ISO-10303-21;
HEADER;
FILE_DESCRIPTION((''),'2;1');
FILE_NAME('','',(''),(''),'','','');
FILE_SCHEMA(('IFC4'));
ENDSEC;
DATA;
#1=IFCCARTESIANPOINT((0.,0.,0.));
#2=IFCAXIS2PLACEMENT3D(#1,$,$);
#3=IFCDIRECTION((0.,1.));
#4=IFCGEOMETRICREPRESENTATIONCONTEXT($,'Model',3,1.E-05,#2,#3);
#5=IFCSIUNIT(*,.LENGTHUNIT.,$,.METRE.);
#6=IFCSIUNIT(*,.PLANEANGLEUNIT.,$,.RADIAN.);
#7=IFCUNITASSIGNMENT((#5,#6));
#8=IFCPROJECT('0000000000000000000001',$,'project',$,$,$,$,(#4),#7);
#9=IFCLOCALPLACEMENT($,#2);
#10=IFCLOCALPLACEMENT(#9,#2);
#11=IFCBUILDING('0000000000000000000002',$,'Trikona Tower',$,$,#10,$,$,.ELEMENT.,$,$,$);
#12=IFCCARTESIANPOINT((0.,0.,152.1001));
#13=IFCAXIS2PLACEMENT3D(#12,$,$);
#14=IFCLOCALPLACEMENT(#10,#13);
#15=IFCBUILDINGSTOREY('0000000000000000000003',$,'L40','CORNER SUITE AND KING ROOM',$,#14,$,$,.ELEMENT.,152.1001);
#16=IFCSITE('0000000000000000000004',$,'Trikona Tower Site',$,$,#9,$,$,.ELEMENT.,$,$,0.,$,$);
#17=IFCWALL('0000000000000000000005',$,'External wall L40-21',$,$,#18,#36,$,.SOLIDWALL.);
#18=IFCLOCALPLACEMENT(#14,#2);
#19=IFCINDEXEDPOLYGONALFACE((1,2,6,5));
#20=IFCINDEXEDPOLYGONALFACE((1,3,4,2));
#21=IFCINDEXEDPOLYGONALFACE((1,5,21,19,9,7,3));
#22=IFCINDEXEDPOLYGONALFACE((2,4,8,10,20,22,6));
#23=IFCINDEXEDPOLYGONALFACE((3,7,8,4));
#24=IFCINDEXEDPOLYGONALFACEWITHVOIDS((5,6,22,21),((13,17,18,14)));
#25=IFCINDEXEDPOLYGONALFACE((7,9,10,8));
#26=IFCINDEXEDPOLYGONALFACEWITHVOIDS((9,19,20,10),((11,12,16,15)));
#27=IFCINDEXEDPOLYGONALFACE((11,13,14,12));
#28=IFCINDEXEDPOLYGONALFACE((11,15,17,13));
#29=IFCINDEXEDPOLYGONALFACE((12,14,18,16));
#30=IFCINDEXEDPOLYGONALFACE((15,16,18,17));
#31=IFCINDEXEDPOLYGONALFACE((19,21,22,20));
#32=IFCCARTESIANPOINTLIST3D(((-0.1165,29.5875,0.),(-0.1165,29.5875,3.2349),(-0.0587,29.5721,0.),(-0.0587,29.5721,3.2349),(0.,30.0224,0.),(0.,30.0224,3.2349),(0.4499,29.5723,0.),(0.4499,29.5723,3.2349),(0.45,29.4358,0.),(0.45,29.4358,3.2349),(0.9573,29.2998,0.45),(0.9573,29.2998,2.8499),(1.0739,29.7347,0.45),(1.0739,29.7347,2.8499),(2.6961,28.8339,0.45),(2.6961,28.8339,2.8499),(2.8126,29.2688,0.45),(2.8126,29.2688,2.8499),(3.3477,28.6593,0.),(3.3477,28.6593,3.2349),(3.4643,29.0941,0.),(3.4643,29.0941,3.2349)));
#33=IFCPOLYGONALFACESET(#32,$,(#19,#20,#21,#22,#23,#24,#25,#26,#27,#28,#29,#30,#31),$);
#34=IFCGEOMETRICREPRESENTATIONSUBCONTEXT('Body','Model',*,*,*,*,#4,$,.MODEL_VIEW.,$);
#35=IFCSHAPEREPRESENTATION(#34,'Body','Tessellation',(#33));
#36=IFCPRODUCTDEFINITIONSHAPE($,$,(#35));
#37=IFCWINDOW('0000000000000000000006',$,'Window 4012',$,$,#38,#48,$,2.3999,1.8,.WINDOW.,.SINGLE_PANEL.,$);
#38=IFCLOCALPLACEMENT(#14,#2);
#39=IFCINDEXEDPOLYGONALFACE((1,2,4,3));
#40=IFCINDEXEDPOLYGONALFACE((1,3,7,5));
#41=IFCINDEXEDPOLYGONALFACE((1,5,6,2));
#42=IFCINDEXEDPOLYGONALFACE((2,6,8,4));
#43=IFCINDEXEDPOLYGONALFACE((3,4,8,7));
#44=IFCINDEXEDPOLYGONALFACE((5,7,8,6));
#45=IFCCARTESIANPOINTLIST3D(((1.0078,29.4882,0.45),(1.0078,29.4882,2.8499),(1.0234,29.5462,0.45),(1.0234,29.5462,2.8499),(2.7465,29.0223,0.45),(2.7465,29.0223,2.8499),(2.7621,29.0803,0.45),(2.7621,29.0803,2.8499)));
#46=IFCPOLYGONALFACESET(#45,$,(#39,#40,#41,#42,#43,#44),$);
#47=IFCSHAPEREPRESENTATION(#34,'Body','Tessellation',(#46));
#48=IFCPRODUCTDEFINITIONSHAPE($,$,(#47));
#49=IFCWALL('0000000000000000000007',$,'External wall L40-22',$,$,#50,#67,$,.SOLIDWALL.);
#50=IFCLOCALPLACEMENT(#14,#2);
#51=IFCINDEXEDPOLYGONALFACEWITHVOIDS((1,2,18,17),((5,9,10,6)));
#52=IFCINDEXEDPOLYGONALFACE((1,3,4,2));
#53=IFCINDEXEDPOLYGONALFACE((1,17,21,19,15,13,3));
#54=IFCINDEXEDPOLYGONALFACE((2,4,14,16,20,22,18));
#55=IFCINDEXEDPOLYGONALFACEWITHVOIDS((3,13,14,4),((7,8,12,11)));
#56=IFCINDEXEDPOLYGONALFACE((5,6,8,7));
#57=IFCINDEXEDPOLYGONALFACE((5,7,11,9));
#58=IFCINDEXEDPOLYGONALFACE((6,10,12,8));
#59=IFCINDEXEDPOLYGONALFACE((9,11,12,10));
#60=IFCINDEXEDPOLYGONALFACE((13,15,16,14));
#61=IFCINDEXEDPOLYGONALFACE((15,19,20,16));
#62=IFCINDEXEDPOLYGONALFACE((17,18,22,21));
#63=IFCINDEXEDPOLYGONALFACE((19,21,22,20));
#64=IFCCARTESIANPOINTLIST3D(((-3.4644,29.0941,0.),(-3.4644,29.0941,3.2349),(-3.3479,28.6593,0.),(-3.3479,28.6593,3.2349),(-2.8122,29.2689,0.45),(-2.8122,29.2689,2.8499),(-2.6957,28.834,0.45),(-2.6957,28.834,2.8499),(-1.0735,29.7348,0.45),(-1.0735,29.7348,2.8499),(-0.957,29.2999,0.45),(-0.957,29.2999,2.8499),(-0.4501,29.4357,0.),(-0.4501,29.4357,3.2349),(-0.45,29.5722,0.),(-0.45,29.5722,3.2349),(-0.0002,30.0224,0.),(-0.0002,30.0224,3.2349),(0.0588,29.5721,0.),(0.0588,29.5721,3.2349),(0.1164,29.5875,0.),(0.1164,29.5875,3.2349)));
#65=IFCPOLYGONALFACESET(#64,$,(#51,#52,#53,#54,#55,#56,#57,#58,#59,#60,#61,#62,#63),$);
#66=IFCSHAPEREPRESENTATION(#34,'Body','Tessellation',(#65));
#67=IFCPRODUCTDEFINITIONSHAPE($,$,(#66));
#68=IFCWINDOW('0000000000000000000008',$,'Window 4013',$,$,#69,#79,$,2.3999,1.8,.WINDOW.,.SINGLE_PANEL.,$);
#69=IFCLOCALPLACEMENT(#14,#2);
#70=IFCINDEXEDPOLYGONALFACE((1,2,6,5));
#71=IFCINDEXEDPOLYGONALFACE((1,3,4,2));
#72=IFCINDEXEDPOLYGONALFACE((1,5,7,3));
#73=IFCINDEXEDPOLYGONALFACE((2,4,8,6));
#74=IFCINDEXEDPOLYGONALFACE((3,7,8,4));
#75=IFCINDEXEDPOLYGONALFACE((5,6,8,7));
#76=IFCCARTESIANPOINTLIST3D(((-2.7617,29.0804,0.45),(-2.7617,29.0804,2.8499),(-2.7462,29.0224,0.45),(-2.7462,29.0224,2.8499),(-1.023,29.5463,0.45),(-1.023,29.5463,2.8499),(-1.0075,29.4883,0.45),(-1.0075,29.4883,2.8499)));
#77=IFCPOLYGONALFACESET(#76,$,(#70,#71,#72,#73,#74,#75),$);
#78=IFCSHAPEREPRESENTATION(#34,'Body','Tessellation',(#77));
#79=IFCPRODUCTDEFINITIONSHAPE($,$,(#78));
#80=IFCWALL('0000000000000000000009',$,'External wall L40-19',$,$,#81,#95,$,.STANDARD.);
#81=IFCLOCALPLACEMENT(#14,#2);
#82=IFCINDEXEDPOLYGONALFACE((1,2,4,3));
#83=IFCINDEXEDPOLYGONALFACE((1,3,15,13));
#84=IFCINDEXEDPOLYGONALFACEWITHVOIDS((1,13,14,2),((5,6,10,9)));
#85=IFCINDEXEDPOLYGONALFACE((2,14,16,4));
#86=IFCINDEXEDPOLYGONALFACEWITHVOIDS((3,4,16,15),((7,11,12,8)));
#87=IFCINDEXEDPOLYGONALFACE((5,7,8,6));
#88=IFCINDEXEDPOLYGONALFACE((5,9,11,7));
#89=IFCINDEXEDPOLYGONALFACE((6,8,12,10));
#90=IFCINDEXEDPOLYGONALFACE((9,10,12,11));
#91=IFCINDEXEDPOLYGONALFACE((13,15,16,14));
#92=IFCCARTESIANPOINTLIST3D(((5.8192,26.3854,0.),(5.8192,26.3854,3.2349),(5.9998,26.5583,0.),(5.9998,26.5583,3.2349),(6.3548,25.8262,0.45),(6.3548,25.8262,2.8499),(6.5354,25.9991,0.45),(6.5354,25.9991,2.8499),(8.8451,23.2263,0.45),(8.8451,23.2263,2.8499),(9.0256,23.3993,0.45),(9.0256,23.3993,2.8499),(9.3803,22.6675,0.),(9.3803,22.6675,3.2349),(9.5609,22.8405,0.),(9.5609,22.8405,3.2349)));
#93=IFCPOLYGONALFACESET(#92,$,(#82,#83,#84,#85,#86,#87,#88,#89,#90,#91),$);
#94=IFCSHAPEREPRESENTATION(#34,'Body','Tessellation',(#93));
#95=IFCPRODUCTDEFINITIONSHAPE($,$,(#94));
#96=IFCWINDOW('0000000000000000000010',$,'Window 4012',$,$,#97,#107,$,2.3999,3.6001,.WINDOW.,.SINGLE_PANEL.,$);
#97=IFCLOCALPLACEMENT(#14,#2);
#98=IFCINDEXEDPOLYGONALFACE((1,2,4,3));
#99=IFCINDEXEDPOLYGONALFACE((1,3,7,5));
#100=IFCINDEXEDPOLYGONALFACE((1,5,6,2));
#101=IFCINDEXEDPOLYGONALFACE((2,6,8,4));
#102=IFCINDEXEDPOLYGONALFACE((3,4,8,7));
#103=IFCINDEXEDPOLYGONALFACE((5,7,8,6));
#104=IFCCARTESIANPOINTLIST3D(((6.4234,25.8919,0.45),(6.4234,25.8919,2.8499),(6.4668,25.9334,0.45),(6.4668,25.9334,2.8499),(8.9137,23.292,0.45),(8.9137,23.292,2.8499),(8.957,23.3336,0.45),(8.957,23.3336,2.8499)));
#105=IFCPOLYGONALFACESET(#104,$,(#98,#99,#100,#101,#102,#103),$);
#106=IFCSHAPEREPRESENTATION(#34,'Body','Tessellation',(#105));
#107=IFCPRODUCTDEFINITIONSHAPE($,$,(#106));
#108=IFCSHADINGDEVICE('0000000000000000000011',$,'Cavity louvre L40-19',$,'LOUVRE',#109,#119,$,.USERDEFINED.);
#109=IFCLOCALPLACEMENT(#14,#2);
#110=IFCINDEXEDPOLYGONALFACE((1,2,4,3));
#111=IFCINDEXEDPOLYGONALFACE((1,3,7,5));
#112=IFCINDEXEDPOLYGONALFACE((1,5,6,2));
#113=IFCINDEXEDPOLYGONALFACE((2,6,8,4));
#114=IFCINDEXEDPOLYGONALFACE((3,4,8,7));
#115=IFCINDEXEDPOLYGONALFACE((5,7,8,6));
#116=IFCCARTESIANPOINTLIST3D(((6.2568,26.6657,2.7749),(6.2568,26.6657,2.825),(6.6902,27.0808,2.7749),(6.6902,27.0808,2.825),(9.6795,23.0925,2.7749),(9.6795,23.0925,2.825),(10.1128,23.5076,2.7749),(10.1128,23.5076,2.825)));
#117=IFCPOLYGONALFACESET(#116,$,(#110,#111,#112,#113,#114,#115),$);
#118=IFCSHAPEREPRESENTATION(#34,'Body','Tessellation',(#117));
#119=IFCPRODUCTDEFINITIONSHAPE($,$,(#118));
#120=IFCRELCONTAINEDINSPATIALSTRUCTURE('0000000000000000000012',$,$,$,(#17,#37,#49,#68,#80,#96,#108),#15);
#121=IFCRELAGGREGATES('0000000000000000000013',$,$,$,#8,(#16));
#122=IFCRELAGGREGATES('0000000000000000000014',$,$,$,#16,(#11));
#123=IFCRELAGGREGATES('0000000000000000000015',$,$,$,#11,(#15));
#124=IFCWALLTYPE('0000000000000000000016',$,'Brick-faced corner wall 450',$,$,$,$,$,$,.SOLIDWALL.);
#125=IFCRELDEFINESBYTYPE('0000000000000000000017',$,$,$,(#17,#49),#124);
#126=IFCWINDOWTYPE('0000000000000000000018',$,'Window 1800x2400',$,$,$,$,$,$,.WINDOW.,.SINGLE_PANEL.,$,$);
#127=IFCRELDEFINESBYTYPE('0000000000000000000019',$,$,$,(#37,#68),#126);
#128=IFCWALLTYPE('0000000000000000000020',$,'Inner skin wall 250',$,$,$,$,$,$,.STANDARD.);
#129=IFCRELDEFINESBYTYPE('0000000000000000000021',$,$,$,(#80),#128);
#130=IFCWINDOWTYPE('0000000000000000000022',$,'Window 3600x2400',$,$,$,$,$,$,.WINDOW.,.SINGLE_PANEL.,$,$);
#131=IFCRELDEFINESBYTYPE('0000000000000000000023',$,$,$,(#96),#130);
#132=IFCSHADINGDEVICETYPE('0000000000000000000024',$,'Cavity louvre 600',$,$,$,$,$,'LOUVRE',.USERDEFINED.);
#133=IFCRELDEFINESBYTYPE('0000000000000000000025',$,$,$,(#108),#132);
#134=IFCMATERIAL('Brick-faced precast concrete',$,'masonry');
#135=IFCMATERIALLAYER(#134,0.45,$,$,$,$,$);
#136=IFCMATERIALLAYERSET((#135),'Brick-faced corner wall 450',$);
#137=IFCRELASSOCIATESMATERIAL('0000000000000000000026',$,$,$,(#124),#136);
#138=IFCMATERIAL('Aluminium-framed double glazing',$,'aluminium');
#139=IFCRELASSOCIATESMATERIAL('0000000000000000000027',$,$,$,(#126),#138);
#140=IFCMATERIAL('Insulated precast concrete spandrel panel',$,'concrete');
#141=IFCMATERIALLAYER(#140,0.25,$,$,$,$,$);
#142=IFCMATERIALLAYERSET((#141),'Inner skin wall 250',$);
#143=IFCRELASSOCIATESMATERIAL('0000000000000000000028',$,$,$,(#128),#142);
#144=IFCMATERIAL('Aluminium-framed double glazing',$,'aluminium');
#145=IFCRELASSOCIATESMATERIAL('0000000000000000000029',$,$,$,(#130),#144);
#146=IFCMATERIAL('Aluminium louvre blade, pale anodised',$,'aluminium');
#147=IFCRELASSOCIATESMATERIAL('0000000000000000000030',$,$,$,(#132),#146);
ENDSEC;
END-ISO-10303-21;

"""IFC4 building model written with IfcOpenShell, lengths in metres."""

from ifc_helpers import new_model, si_unit, direction, frame, frame_2d, origin, origin_2d, place, context, subcontext, project, spatial, polyline, rectangle, outline, extrude, material, layer, layer_set, type_object, element, fill, save


model = new_model("IFC4")

# Units and contexts
model_context = context("Model", 3, precision=1e-05, world=origin(), true_north=direction((0.0, 1.0)))
body_context = subcontext(model_context, "Body", "Model", "MODEL_VIEW")
ifc_project = project(units=[si_unit("LENGTHUNIT", "METRE"), si_unit("PLANEANGLEUNIT", "RADIAN")], contexts=[model_context])

# Site, building, storey
site_placement = place(None, origin())
site = spatial("IfcSite", under=ifc_project, at=site_placement, Name="Trikona Tower Site", CompositionType="ELEMENT", RefElevation=0.0)
building_placement = place(site_placement, origin())
building = spatial("IfcBuilding", under=site, at=building_placement, Name="Trikona Tower", CompositionType="ELEMENT")
storey_placement = place(building_placement, frame((0.0, 0.0, 152.1001)))
storey = spatial("IfcBuildingStorey", under=building, at=storey_placement, Name="L40", Description="CORNER SUITE AND KING ROOM", CompositionType="ELEMENT", Elevation=152.1001)

# Walls, openings, windows
ifc_material_1 = material(Name="Brick-faced precast concrete", Category="masonry")
ifc_layer_1 = layer(ifc_material_1, 0.45)
ifc_layer_set_1 = layer_set([ifc_layer_1], Name="Brick-faced corner wall 450")
wall_type_1 = type_object("IfcWallType", Name="Brick-faced corner wall 450", PredefinedType="SOLIDWALL", material=ifc_layer_set_1)
wall_1_placement = place(storey_placement, frame((3.406, 28.8767, 0.0), z_axis=(0.0, 0.0, 1.0), x_axis=(-0.965925, 0.258823, 0.0)))
wall_1 = element("IfcWall", 1, at=wall_1_placement, inside=storey, type_object=wall_type_1, Name="External wall L40-21", PredefinedType="SOLIDWALL", context=body_context, shape_type="SweptSolid", body=[
    extrude(outline(polyline([(3.5864, 0.2251), (3.5266, 0.2251), (3.0354, 0.0933), (3.0, 0.2251), (0.0, 0.2251), (0.0, -0.2251), (3.5864, -0.2251), (3.5864, 0.2251)])), origin(), (0.0, 0.0, 1.0), 3.2349),
])
opening_1_placement = place(wall_1_placement, frame((0.6748, 0.0, 0.45)))
opening_1 = element("IfcOpeningElement", 2, at=opening_1_placement, cuts=wall_1, PredefinedType="OPENING", context=body_context, shape_type="SweptSolid", body=[
    extrude(rectangle(XDim=1.8, YDim=2.3999, at=frame_2d((0.8999, 1.2))), frame((0.0, 0.2349, 0.0), z_axis=(0.0, -1.0, 0.0), x_axis=(1.0, 0.0, 0.0)), (0.0, 0.0, 1.0), 0.47),
])
ifc_material_2 = material(Name="Aluminium-framed double glazing", Category="aluminium")
window_type_1 = type_object("IfcWindowType", Name="Window 1800x2400", PartitioningType="SINGLE_PANEL", PredefinedType="WINDOW", material=ifc_material_2)
window_1_placement = place(opening_1_placement, origin())
window_1 = element("IfcWindow", 3, at=window_1_placement, inside=storey, type_object=window_type_1, Name="Window 4012", OverallHeight=2.3999, OverallWidth=1.8, PartitioningType="SINGLE_PANEL", PredefinedType="WINDOW", context=body_context, shape_type="SweptSolid", body=[
    extrude(rectangle(XDim=1.8, YDim=2.3999, at=frame_2d((0.8999, 1.2))), frame((0.0, 0.03, 0.0), z_axis=(0.0, -1.0, 0.0), x_axis=(1.0, 0.0, 0.0)), (0.0, 0.0, 1.0), 0.0601),
])
fill(opening_1, window_1)
wall_2_placement = place(storey_placement, frame((0.0581, 29.8049, 0.0), z_axis=(0.0, 0.0, 1.0), x_axis=(-0.965925, -0.258823, 0.0)))
wall_2 = element("IfcWall", 4, at=wall_2_placement, inside=storey, type_object=wall_type_1, Name="External wall L40-22", PredefinedType="SOLIDWALL", context=body_context, shape_type="SweptSolid", body=[
    extrude(outline(polyline([(3.5864, 0.2251), (0.5864, 0.2251), (0.551, 0.0933), (0.0596, 0.2251), (0.0, 0.2251), (0.0, -0.2251), (3.5864, -0.2251), (3.5864, 0.2251)])), origin(), (0.0, 0.0, 1.0), 3.2349),
])
opening_2_placement = place(wall_2_placement, frame((1.1113, 0.0, 0.45)))
opening_2 = element("IfcOpeningElement", 5, at=opening_2_placement, cuts=wall_2, PredefinedType="OPENING", context=body_context, shape_type="SweptSolid", body=[
    extrude(rectangle(XDim=1.8, YDim=2.3999, at=frame_2d((0.8999, 1.2))), frame((0.0, 0.2349, 0.0), z_axis=(0.0, -1.0, 0.0), x_axis=(1.0, 0.0, 0.0)), (0.0, 0.0, 1.0), 0.47),
])
window_2_placement = place(opening_2_placement, origin())
window_2 = element("IfcWindow", 6, at=window_2_placement, inside=storey, type_object=window_type_1, Name="Window 4013", OverallHeight=2.3999, OverallWidth=1.8, PartitioningType="SINGLE_PANEL", PredefinedType="WINDOW", context=body_context, shape_type="SweptSolid", body=[
    extrude(rectangle(XDim=1.8, YDim=2.3999, at=frame_2d((0.8999, 1.2))), frame((0.0, 0.03, 0.0), z_axis=(0.0, -1.0, 0.0), x_axis=(1.0, 0.0, 0.0)), (0.0, 0.0, 1.0), 0.0601),
])
fill(opening_2, window_2)
ifc_material_3 = material(Name="Insulated precast concrete spandrel panel", Category="concrete")
ifc_layer_2 = layer(ifc_material_3, 0.25)
ifc_layer_set_2 = layer_set([ifc_layer_2], Name="Inner skin wall 250")
wall_type_2 = type_object("IfcWallType", Name="Inner skin wall 250", PredefinedType="STANDARD", material=ifc_layer_set_2)
wall_3_placement = place(storey_placement, frame((9.4707, 22.7539, 0.0), z_axis=(0.0, 0.0, 1.0), x_axis=(-0.69172, 0.722166, 0.0)))
wall_3 = element("IfcWall", 7, at=wall_3_placement, inside=storey, type_object=wall_type_2, Name="External wall L40-19", PredefinedType="STANDARD", context=body_context, shape_type="SweptSolid", body=[
    extrude(rectangle(XDim=5.1482, YDim=0.25, at=frame_2d((2.5742, 0.0))), origin(), (0.0, 0.0, 1.0), 3.2349),
])
opening_3_placement = place(wall_3_placement, frame((0.7739, 0.0, 0.45)))
opening_3 = element("IfcOpeningElement", 8, at=opening_3_placement, cuts=wall_3, PredefinedType="OPENING", context=body_context, shape_type="SweptSolid", body=[
    extrude(rectangle(XDim=3.6001, YDim=2.3999, at=frame_2d((1.8, 1.2))), frame((0.0, 0.135, 0.0), z_axis=(0.0, -1.0, 0.0), x_axis=(1.0, 0.0, 0.0)), (0.0, 0.0, 1.0), 0.27),
])
ifc_material_4 = material(Name="Aluminium-framed double glazing", Category="aluminium")
window_type_2 = type_object("IfcWindowType", Name="Window 3600x2400", PartitioningType="SINGLE_PANEL", PredefinedType="WINDOW", material=ifc_material_4)
window_3_placement = place(opening_3_placement, origin())
window_3 = element("IfcWindow", 9, at=window_3_placement, inside=storey, type_object=window_type_2, Name="Window 4012", OverallHeight=2.3999, OverallWidth=3.6001, PartitioningType="SINGLE_PANEL", PredefinedType="WINDOW", context=body_context, shape_type="SweptSolid", body=[
    extrude(rectangle(XDim=3.6001, YDim=2.3999, at=frame_2d((1.8, 1.2))), frame((0.0, 0.03, 0.0), z_axis=(0.0, -1.0, 0.0), x_axis=(1.0, 0.0, 0.0)), (0.0, 0.0, 1.0), 0.0601),
])
fill(opening_3, window_3)

# Shading device
ifc_material_5 = material(Name="Aluminium louvre blade, pale anodised", Category="aluminium")
shading_device_type = type_object("IfcShadingDeviceType", Name="Cavity louvre 600", ElementType="LOUVRE", PredefinedType="USERDEFINED", material=ifc_material_5)
shading_device_placement = place(storey_placement, frame((8.1848, 25.0867, 2.7749), z_axis=(0.0, 0.0, 1.0), x_axis=(-0.691724, 0.722162, 0.0)))
element("IfcShadingDevice", 10, at=shading_device_placement, inside=storey, type_object=shading_device_type, Name="Cavity louvre L40-19", ObjectType="LOUVRE", PredefinedType="USERDEFINED", context=body_context, shape_type="SweptSolid", body=[
    extrude(rectangle(XDim=4.948, YDim=0.6001, at=origin_2d()), origin(), (0.0, 0.0, 1.0), 0.05),
])

save(model, "model.ifc")
